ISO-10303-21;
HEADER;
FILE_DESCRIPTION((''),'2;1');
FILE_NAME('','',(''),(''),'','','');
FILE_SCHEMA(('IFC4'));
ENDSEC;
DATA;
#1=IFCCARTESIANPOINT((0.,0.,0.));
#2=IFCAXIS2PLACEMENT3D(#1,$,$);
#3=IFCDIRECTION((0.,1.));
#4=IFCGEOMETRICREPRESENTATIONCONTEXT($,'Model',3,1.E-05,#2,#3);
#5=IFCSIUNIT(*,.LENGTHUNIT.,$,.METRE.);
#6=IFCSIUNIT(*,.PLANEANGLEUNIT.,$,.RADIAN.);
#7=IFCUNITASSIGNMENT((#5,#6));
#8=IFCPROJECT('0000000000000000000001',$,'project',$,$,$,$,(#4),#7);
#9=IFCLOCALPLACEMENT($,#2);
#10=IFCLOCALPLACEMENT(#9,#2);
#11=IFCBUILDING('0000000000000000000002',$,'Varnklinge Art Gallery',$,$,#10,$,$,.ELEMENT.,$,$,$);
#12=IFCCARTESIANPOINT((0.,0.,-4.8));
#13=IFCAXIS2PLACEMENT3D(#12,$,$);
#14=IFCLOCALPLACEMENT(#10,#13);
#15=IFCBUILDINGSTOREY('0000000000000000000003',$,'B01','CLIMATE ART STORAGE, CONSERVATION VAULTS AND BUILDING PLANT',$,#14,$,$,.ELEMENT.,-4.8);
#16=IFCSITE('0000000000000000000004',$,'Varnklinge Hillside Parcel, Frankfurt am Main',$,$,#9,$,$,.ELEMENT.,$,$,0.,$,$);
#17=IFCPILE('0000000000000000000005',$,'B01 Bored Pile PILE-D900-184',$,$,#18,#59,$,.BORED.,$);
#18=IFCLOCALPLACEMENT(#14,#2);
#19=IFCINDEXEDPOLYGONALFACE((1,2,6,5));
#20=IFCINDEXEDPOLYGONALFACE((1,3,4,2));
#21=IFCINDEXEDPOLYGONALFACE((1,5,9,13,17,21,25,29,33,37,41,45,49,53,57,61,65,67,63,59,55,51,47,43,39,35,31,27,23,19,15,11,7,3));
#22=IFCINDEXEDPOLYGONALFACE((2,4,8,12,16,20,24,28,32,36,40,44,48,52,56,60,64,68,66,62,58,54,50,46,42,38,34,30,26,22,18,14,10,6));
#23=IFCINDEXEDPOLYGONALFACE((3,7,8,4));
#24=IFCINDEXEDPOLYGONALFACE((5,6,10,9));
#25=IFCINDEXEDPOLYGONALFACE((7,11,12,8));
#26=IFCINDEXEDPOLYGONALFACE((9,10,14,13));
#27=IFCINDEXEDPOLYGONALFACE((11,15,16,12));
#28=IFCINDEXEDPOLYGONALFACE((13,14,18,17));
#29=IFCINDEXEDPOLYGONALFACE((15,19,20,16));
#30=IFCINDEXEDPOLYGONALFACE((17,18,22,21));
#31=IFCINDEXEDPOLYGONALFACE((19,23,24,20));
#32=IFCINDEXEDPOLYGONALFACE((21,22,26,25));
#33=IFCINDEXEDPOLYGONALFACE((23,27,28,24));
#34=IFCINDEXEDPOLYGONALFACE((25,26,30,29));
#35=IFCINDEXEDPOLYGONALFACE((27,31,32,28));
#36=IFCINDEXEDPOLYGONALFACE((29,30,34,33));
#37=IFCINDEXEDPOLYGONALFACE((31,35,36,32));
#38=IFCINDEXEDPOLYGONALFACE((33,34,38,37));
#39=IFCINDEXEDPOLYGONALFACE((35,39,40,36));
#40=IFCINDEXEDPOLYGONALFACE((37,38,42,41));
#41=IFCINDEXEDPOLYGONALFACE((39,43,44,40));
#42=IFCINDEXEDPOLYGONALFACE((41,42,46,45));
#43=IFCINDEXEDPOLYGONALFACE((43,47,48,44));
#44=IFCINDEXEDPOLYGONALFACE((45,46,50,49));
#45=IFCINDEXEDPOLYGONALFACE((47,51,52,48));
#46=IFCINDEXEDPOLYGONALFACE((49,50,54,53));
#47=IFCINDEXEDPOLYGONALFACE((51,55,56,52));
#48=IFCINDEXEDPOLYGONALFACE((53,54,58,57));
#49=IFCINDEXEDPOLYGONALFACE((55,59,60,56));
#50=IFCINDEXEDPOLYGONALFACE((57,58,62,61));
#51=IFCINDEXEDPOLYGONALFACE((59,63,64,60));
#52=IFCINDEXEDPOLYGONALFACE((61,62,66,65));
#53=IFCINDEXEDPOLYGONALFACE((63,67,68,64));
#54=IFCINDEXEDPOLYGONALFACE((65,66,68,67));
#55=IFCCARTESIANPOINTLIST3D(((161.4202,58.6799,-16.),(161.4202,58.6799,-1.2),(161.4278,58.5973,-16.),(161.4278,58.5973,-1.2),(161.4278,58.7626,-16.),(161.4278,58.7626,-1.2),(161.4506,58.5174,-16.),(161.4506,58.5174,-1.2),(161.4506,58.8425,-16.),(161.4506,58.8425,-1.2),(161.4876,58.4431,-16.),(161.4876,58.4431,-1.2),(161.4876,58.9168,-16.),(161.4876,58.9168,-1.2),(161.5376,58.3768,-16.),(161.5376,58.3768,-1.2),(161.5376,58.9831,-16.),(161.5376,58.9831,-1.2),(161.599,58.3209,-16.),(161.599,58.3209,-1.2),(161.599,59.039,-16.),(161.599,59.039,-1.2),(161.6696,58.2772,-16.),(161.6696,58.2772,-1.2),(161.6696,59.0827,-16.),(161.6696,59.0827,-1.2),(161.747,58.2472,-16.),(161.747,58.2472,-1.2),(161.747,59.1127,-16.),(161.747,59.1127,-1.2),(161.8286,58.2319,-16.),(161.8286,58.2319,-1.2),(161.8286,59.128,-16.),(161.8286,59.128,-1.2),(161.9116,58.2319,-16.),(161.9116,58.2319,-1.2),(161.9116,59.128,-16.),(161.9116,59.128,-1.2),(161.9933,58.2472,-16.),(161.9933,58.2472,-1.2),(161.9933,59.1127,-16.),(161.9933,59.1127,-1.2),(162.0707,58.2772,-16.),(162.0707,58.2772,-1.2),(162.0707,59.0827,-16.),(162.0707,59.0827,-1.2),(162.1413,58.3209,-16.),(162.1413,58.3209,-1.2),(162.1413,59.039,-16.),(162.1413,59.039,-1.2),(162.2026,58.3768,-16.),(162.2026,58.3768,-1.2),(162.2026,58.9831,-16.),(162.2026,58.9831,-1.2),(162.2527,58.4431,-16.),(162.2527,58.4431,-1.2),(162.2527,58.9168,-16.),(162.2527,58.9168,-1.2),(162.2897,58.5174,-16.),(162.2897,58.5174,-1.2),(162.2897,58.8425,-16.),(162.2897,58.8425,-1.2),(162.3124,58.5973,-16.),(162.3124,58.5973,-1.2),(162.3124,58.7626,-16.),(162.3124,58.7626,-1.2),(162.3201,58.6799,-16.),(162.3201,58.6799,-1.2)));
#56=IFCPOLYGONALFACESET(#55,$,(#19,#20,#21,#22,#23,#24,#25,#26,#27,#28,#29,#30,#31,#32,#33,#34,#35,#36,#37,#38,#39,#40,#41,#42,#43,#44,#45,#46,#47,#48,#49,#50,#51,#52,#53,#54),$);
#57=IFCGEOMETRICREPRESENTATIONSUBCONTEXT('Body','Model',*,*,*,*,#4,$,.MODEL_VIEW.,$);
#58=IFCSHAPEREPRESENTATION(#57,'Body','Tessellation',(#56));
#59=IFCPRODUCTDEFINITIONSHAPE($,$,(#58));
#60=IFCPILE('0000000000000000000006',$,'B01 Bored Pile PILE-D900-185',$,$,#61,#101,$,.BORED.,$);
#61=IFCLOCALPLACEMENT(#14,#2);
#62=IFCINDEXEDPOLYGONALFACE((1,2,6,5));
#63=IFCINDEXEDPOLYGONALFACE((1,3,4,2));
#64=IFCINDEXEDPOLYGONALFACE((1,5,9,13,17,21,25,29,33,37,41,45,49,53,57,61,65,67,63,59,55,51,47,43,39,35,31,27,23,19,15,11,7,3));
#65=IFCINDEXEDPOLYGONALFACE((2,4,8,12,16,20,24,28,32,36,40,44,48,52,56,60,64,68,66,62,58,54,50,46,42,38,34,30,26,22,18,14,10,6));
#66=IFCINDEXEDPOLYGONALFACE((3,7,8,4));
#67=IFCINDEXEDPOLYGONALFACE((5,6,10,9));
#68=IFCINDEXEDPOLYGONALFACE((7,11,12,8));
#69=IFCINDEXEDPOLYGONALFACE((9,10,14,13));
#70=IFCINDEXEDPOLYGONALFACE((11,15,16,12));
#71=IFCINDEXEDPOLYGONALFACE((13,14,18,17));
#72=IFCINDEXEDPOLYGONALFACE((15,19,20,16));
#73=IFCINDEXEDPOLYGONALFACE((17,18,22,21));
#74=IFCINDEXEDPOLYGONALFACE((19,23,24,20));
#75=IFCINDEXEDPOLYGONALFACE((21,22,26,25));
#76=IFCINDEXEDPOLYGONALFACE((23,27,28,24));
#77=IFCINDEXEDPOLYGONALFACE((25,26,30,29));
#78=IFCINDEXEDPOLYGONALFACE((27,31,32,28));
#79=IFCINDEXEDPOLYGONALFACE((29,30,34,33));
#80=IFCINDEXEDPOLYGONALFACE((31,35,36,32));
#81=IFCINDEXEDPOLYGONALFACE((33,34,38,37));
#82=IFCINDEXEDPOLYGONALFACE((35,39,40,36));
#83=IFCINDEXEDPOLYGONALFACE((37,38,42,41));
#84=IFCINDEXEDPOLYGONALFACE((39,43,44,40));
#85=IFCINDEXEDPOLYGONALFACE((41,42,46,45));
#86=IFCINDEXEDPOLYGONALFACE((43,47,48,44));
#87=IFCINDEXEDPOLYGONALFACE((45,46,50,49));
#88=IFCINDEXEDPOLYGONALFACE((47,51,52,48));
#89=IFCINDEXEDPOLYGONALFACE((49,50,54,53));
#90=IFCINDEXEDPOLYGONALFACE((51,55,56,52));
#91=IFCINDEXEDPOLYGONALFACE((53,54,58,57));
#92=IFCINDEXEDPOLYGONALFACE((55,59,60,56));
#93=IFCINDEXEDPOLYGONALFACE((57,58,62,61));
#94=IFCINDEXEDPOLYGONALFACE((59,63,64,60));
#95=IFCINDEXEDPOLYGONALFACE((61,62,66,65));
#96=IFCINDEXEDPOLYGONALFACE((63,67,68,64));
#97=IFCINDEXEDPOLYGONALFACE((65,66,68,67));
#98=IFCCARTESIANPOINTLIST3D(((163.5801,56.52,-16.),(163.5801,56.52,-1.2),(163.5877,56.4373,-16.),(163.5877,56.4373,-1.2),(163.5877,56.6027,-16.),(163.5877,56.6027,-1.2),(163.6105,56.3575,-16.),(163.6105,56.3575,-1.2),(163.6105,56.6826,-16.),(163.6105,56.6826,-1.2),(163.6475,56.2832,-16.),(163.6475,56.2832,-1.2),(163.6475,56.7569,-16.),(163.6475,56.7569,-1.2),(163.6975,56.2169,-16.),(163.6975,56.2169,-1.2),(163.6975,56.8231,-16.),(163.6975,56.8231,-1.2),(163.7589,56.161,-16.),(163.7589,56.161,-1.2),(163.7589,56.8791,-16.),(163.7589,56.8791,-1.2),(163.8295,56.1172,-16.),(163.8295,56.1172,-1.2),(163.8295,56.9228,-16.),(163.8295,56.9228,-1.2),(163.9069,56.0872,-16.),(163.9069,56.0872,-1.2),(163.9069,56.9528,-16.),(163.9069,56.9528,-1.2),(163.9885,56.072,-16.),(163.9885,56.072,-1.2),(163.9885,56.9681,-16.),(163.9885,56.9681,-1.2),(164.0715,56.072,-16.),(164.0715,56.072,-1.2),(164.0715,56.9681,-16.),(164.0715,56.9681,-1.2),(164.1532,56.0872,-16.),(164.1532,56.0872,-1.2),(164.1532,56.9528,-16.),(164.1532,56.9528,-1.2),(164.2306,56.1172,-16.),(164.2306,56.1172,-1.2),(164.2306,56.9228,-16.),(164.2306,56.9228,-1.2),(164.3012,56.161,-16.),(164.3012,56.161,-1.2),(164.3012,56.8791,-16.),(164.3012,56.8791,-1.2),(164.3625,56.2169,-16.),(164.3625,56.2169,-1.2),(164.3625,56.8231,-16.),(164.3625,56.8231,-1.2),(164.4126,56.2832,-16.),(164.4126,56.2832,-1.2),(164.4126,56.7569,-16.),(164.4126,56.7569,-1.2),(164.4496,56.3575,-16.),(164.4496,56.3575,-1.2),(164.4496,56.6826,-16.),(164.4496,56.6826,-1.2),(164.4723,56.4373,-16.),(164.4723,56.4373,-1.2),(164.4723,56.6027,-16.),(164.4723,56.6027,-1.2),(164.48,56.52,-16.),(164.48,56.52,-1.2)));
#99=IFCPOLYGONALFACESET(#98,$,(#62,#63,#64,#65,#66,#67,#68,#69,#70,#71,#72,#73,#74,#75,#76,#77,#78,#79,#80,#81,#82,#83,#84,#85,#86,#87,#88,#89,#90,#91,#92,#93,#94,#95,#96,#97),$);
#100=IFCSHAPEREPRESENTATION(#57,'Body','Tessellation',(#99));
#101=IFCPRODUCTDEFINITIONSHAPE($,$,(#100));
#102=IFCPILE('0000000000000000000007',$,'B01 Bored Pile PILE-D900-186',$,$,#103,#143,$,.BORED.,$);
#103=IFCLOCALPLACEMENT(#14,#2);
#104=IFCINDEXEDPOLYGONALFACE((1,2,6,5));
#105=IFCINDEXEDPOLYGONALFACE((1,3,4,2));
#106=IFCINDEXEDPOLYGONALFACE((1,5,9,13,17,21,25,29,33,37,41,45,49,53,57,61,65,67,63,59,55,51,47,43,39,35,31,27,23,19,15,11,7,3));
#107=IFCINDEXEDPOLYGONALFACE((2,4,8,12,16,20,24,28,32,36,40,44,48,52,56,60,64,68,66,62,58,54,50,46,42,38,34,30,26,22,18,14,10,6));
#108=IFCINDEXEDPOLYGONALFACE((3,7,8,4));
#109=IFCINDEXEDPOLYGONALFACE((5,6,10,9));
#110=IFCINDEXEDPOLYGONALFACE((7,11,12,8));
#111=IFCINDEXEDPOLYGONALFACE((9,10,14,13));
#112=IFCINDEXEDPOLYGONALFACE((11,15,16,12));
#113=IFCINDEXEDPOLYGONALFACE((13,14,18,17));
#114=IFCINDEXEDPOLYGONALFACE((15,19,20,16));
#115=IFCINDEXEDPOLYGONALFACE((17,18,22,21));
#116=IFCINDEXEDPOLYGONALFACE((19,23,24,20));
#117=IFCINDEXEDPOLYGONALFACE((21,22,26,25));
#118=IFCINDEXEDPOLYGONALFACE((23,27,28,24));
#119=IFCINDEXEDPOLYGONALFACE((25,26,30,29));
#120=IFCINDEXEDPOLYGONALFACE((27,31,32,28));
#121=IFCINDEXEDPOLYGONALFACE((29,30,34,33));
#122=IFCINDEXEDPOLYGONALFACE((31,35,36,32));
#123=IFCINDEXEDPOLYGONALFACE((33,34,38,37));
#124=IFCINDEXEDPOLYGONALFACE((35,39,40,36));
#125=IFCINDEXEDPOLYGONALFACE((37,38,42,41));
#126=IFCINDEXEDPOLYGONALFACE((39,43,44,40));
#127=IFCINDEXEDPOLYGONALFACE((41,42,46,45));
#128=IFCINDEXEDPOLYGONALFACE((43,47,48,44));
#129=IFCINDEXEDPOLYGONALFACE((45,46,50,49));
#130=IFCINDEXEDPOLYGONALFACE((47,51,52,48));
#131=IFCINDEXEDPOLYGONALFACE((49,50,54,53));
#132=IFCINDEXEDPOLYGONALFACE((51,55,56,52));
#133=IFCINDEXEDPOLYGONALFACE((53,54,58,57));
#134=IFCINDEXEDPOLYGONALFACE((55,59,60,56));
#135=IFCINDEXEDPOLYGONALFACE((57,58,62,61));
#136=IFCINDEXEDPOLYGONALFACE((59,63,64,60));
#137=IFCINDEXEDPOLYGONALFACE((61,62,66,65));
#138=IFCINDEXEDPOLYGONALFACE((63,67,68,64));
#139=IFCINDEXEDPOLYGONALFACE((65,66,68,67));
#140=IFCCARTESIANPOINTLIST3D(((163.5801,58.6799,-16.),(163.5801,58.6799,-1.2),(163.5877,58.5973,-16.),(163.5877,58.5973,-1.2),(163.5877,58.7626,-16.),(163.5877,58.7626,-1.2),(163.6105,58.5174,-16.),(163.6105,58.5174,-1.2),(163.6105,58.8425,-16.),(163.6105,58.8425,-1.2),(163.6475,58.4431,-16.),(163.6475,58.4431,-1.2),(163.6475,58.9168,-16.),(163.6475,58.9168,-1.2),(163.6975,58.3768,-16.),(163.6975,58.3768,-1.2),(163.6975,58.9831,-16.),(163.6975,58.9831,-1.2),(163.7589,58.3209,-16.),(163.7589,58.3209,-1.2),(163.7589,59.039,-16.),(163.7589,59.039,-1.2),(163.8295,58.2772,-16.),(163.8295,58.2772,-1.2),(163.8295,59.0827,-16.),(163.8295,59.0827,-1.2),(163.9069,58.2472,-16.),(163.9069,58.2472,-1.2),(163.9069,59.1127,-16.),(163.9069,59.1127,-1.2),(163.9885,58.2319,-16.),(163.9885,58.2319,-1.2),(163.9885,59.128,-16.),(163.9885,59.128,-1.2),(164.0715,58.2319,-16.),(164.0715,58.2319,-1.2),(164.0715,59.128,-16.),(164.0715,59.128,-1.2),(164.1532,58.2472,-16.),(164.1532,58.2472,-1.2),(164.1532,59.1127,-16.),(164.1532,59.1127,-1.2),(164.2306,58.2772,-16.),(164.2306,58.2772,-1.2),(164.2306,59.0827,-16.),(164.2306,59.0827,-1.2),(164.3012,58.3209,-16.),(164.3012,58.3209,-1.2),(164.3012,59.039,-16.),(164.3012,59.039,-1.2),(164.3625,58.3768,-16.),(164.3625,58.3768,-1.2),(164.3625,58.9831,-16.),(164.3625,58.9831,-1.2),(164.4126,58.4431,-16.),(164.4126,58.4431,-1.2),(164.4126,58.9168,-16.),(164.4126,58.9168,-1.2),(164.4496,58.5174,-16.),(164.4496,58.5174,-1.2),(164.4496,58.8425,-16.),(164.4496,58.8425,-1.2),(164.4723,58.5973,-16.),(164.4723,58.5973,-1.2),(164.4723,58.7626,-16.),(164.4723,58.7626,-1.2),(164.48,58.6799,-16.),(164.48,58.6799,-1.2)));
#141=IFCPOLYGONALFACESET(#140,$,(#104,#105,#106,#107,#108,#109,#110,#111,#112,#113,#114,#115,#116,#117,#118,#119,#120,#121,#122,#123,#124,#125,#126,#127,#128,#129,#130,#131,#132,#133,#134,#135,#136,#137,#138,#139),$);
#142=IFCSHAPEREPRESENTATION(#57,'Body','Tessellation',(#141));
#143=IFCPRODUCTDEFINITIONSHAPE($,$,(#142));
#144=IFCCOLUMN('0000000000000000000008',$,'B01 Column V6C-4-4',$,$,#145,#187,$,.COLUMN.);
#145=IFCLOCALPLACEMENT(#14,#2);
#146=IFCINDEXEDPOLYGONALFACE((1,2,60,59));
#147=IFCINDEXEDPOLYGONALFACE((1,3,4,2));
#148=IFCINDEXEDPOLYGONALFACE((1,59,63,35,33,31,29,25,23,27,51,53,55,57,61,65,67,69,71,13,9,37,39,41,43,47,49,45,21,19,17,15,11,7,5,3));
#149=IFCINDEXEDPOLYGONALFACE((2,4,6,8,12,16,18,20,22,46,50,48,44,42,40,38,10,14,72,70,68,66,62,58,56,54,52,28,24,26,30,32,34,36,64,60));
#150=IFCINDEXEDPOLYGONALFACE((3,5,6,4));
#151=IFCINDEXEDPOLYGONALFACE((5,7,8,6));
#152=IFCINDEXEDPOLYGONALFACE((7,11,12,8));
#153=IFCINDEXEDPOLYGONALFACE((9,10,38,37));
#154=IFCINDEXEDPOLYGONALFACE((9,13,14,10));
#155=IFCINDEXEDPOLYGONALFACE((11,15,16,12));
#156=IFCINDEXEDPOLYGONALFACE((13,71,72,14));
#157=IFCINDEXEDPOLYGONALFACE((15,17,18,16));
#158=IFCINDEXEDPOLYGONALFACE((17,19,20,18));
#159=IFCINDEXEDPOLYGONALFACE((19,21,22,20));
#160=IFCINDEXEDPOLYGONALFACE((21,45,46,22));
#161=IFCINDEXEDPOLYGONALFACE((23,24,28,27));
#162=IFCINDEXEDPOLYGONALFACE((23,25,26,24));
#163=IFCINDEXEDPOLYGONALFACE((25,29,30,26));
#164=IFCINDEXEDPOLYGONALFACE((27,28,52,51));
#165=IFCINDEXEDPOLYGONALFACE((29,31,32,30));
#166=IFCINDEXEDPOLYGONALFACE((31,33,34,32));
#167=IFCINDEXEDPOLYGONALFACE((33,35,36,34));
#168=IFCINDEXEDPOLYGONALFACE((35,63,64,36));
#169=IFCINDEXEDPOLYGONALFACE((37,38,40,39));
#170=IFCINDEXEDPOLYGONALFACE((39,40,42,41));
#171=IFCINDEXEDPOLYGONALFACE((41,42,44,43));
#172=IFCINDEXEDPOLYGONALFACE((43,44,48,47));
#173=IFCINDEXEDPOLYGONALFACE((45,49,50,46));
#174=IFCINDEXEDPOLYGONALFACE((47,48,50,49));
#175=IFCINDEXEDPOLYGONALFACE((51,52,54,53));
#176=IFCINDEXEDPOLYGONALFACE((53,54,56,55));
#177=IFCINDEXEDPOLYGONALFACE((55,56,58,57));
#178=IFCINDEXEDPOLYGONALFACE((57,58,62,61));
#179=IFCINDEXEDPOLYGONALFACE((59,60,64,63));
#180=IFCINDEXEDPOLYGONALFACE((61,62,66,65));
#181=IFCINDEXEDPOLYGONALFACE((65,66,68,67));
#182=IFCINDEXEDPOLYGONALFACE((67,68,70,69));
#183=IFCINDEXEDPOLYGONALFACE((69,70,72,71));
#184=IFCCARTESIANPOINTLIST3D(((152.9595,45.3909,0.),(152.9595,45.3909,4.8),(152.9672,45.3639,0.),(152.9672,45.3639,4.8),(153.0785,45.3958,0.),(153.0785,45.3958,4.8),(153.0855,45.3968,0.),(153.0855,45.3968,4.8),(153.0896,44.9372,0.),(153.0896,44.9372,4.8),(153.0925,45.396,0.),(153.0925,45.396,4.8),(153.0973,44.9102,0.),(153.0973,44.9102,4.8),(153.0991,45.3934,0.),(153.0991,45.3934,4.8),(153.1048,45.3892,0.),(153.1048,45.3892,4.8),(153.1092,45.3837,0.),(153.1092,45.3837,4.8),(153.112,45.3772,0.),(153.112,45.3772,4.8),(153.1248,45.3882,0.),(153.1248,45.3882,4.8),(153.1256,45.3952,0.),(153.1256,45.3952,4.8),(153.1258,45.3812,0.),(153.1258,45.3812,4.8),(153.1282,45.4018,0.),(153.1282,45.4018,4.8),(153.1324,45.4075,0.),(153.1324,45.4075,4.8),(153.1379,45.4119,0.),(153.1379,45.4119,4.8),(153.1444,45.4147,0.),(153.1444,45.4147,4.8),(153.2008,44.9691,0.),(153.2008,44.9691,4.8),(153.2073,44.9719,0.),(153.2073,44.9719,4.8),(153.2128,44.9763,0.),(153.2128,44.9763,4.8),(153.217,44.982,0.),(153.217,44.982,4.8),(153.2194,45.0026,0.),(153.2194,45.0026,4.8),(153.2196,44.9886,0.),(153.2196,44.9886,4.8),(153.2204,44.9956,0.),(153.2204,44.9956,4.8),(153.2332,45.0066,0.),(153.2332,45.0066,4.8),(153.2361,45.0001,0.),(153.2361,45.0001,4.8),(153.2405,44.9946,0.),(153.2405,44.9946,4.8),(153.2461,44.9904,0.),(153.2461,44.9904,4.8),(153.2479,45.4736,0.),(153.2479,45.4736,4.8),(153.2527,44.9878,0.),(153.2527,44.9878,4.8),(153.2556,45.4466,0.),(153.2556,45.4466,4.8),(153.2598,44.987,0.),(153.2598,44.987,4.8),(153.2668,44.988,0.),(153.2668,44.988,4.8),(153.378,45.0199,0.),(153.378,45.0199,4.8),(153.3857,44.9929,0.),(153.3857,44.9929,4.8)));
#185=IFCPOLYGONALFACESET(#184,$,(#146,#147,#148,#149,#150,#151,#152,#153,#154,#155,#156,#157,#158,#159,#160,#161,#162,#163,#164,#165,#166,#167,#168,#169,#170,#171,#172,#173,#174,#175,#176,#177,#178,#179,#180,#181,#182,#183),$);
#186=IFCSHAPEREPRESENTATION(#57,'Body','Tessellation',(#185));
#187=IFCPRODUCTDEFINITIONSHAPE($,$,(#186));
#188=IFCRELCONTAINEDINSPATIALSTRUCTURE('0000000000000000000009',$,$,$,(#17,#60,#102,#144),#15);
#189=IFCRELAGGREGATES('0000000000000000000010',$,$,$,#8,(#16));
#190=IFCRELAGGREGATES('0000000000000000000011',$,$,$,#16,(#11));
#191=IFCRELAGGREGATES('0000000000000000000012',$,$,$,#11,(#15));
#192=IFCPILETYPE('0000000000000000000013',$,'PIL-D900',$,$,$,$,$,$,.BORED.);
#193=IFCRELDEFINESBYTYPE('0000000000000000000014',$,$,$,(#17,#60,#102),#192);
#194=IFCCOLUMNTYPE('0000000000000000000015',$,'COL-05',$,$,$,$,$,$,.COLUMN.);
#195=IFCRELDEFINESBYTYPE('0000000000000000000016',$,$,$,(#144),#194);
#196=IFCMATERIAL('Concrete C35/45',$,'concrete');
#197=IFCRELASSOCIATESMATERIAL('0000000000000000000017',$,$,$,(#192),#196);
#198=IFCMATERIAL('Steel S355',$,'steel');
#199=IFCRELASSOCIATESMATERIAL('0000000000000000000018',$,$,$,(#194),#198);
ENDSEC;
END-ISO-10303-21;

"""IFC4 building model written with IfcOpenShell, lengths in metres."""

from ifc_helpers import new_model, si_unit, direction, frame, origin, origin_2d, place, context, subcontext, project, spatial, circle, i_section, extrude, material, material_profile, profile_set, type_object, element, save


model = new_model("IFC4")

# Units and contexts
model_context = context("Model", 3, precision=1e-05, world=origin(), true_north=direction((0.0, 1.0)))
body_context = subcontext(model_context, "Body", "Model", "MODEL_VIEW")
ifc_project = project(units=[si_unit("LENGTHUNIT", "METRE"), si_unit("PLANEANGLEUNIT", "RADIAN")], contexts=[model_context])

# Site, building, storey
site_placement = place(None, origin())
site = spatial("IfcSite", under=ifc_project, at=site_placement, Name="Varnklinge Hillside Parcel, Frankfurt am Main", CompositionType="ELEMENT", RefElevation=0.0)
building_placement = place(site_placement, origin())
building = spatial("IfcBuilding", under=site, at=building_placement, Name="Varnklinge Art Gallery", CompositionType="ELEMENT")
storey_placement = place(building_placement, frame((0.0, 0.0, -4.8)))
storey = spatial("IfcBuildingStorey", under=building, at=storey_placement, Name="B01", Description="CLIMATE ART STORAGE, CONSERVATION VAULTS AND BUILDING PLANT", CompositionType="ELEMENT", Elevation=-4.8)

# Piles
ifc_material_1 = material(Name="Concrete C35/45", Category="concrete")
ifc_material_profile_1 = material_profile(ifc_material_1, circle(Radius=0.45, at=origin_2d()), Name="PILE D900")
ifc_profile_set_1 = profile_set([ifc_material_profile_1], Name="Concrete C35/45")
pile_type_1 = type_object("IfcPileType", Name="PIL-D900", PredefinedType="BORED", material=ifc_profile_set_1)
for number, where, z_axis, x_axis, name in (
    (1, (161.8701, 58.6799, -1.2), (0.0, 0.0, -1.0), (1.0, 0.0, 0.0), "B01 Bored Pile PILE-D900-184"),
    (2, (164.03, 56.52, -1.2), (0.0, 0.0, -1.0), (1.0, 0.0, 0.0), "B01 Bored Pile PILE-D900-185"),
    (3, (164.03, 58.6799, -1.2), (0.0, 0.0, -1.0), (1.0, 0.0, 0.0), "B01 Bored Pile PILE-D900-186"),
):
    element("IfcPile", number, at=place(storey_placement, frame(where, z_axis=z_axis, x_axis=x_axis)), inside=storey, type_object=pile_type_1, Name=name, PredefinedType="BORED", context=body_context, shape_type="SweptSolid", body=[
        extrude(circle(Radius=0.45, at=origin_2d()), origin(), (0.0, 0.0, 1.0), 14.8),
    ])

# Column
ifc_material_2 = material(Name="Steel S355", Category="steel")
ifc_material_profile_2 = material_profile(ifc_material_2, i_section(OverallWidth=0.3, OverallDepth=0.5, WebThickness=0.0144, FlangeThickness=0.0281, FilletRadius=0.0271, at=origin_2d()), Name="HEB 500")
ifc_profile_set_2 = profile_set([ifc_material_profile_2], Name="Steel S355")
column_type_1 = type_object("IfcColumnType", Name="COL-05", PredefinedType="COLUMN", material=ifc_profile_set_2)
column_1_placement = place(storey_placement, frame((153.1726, 45.1919, 0.0), z_axis=(0.0, 0.0, 1.0), x_axis=(0.961262, 0.275637, 0.0)))
element("IfcColumn", 4, at=column_1_placement, inside=storey, type_object=column_type_1, Name="B01 Column V6C-4-4", PredefinedType="COLUMN", context=body_context, shape_type="SweptSolid", body=[
    extrude(i_section(OverallWidth=0.3, OverallDepth=0.5, WebThickness=0.0144, FlangeThickness=0.0281, FilletRadius=0.0271, at=origin_2d()), origin(), (0.0, 0.0, 1.0), 4.8),
])

save(model, "model.ifc")
